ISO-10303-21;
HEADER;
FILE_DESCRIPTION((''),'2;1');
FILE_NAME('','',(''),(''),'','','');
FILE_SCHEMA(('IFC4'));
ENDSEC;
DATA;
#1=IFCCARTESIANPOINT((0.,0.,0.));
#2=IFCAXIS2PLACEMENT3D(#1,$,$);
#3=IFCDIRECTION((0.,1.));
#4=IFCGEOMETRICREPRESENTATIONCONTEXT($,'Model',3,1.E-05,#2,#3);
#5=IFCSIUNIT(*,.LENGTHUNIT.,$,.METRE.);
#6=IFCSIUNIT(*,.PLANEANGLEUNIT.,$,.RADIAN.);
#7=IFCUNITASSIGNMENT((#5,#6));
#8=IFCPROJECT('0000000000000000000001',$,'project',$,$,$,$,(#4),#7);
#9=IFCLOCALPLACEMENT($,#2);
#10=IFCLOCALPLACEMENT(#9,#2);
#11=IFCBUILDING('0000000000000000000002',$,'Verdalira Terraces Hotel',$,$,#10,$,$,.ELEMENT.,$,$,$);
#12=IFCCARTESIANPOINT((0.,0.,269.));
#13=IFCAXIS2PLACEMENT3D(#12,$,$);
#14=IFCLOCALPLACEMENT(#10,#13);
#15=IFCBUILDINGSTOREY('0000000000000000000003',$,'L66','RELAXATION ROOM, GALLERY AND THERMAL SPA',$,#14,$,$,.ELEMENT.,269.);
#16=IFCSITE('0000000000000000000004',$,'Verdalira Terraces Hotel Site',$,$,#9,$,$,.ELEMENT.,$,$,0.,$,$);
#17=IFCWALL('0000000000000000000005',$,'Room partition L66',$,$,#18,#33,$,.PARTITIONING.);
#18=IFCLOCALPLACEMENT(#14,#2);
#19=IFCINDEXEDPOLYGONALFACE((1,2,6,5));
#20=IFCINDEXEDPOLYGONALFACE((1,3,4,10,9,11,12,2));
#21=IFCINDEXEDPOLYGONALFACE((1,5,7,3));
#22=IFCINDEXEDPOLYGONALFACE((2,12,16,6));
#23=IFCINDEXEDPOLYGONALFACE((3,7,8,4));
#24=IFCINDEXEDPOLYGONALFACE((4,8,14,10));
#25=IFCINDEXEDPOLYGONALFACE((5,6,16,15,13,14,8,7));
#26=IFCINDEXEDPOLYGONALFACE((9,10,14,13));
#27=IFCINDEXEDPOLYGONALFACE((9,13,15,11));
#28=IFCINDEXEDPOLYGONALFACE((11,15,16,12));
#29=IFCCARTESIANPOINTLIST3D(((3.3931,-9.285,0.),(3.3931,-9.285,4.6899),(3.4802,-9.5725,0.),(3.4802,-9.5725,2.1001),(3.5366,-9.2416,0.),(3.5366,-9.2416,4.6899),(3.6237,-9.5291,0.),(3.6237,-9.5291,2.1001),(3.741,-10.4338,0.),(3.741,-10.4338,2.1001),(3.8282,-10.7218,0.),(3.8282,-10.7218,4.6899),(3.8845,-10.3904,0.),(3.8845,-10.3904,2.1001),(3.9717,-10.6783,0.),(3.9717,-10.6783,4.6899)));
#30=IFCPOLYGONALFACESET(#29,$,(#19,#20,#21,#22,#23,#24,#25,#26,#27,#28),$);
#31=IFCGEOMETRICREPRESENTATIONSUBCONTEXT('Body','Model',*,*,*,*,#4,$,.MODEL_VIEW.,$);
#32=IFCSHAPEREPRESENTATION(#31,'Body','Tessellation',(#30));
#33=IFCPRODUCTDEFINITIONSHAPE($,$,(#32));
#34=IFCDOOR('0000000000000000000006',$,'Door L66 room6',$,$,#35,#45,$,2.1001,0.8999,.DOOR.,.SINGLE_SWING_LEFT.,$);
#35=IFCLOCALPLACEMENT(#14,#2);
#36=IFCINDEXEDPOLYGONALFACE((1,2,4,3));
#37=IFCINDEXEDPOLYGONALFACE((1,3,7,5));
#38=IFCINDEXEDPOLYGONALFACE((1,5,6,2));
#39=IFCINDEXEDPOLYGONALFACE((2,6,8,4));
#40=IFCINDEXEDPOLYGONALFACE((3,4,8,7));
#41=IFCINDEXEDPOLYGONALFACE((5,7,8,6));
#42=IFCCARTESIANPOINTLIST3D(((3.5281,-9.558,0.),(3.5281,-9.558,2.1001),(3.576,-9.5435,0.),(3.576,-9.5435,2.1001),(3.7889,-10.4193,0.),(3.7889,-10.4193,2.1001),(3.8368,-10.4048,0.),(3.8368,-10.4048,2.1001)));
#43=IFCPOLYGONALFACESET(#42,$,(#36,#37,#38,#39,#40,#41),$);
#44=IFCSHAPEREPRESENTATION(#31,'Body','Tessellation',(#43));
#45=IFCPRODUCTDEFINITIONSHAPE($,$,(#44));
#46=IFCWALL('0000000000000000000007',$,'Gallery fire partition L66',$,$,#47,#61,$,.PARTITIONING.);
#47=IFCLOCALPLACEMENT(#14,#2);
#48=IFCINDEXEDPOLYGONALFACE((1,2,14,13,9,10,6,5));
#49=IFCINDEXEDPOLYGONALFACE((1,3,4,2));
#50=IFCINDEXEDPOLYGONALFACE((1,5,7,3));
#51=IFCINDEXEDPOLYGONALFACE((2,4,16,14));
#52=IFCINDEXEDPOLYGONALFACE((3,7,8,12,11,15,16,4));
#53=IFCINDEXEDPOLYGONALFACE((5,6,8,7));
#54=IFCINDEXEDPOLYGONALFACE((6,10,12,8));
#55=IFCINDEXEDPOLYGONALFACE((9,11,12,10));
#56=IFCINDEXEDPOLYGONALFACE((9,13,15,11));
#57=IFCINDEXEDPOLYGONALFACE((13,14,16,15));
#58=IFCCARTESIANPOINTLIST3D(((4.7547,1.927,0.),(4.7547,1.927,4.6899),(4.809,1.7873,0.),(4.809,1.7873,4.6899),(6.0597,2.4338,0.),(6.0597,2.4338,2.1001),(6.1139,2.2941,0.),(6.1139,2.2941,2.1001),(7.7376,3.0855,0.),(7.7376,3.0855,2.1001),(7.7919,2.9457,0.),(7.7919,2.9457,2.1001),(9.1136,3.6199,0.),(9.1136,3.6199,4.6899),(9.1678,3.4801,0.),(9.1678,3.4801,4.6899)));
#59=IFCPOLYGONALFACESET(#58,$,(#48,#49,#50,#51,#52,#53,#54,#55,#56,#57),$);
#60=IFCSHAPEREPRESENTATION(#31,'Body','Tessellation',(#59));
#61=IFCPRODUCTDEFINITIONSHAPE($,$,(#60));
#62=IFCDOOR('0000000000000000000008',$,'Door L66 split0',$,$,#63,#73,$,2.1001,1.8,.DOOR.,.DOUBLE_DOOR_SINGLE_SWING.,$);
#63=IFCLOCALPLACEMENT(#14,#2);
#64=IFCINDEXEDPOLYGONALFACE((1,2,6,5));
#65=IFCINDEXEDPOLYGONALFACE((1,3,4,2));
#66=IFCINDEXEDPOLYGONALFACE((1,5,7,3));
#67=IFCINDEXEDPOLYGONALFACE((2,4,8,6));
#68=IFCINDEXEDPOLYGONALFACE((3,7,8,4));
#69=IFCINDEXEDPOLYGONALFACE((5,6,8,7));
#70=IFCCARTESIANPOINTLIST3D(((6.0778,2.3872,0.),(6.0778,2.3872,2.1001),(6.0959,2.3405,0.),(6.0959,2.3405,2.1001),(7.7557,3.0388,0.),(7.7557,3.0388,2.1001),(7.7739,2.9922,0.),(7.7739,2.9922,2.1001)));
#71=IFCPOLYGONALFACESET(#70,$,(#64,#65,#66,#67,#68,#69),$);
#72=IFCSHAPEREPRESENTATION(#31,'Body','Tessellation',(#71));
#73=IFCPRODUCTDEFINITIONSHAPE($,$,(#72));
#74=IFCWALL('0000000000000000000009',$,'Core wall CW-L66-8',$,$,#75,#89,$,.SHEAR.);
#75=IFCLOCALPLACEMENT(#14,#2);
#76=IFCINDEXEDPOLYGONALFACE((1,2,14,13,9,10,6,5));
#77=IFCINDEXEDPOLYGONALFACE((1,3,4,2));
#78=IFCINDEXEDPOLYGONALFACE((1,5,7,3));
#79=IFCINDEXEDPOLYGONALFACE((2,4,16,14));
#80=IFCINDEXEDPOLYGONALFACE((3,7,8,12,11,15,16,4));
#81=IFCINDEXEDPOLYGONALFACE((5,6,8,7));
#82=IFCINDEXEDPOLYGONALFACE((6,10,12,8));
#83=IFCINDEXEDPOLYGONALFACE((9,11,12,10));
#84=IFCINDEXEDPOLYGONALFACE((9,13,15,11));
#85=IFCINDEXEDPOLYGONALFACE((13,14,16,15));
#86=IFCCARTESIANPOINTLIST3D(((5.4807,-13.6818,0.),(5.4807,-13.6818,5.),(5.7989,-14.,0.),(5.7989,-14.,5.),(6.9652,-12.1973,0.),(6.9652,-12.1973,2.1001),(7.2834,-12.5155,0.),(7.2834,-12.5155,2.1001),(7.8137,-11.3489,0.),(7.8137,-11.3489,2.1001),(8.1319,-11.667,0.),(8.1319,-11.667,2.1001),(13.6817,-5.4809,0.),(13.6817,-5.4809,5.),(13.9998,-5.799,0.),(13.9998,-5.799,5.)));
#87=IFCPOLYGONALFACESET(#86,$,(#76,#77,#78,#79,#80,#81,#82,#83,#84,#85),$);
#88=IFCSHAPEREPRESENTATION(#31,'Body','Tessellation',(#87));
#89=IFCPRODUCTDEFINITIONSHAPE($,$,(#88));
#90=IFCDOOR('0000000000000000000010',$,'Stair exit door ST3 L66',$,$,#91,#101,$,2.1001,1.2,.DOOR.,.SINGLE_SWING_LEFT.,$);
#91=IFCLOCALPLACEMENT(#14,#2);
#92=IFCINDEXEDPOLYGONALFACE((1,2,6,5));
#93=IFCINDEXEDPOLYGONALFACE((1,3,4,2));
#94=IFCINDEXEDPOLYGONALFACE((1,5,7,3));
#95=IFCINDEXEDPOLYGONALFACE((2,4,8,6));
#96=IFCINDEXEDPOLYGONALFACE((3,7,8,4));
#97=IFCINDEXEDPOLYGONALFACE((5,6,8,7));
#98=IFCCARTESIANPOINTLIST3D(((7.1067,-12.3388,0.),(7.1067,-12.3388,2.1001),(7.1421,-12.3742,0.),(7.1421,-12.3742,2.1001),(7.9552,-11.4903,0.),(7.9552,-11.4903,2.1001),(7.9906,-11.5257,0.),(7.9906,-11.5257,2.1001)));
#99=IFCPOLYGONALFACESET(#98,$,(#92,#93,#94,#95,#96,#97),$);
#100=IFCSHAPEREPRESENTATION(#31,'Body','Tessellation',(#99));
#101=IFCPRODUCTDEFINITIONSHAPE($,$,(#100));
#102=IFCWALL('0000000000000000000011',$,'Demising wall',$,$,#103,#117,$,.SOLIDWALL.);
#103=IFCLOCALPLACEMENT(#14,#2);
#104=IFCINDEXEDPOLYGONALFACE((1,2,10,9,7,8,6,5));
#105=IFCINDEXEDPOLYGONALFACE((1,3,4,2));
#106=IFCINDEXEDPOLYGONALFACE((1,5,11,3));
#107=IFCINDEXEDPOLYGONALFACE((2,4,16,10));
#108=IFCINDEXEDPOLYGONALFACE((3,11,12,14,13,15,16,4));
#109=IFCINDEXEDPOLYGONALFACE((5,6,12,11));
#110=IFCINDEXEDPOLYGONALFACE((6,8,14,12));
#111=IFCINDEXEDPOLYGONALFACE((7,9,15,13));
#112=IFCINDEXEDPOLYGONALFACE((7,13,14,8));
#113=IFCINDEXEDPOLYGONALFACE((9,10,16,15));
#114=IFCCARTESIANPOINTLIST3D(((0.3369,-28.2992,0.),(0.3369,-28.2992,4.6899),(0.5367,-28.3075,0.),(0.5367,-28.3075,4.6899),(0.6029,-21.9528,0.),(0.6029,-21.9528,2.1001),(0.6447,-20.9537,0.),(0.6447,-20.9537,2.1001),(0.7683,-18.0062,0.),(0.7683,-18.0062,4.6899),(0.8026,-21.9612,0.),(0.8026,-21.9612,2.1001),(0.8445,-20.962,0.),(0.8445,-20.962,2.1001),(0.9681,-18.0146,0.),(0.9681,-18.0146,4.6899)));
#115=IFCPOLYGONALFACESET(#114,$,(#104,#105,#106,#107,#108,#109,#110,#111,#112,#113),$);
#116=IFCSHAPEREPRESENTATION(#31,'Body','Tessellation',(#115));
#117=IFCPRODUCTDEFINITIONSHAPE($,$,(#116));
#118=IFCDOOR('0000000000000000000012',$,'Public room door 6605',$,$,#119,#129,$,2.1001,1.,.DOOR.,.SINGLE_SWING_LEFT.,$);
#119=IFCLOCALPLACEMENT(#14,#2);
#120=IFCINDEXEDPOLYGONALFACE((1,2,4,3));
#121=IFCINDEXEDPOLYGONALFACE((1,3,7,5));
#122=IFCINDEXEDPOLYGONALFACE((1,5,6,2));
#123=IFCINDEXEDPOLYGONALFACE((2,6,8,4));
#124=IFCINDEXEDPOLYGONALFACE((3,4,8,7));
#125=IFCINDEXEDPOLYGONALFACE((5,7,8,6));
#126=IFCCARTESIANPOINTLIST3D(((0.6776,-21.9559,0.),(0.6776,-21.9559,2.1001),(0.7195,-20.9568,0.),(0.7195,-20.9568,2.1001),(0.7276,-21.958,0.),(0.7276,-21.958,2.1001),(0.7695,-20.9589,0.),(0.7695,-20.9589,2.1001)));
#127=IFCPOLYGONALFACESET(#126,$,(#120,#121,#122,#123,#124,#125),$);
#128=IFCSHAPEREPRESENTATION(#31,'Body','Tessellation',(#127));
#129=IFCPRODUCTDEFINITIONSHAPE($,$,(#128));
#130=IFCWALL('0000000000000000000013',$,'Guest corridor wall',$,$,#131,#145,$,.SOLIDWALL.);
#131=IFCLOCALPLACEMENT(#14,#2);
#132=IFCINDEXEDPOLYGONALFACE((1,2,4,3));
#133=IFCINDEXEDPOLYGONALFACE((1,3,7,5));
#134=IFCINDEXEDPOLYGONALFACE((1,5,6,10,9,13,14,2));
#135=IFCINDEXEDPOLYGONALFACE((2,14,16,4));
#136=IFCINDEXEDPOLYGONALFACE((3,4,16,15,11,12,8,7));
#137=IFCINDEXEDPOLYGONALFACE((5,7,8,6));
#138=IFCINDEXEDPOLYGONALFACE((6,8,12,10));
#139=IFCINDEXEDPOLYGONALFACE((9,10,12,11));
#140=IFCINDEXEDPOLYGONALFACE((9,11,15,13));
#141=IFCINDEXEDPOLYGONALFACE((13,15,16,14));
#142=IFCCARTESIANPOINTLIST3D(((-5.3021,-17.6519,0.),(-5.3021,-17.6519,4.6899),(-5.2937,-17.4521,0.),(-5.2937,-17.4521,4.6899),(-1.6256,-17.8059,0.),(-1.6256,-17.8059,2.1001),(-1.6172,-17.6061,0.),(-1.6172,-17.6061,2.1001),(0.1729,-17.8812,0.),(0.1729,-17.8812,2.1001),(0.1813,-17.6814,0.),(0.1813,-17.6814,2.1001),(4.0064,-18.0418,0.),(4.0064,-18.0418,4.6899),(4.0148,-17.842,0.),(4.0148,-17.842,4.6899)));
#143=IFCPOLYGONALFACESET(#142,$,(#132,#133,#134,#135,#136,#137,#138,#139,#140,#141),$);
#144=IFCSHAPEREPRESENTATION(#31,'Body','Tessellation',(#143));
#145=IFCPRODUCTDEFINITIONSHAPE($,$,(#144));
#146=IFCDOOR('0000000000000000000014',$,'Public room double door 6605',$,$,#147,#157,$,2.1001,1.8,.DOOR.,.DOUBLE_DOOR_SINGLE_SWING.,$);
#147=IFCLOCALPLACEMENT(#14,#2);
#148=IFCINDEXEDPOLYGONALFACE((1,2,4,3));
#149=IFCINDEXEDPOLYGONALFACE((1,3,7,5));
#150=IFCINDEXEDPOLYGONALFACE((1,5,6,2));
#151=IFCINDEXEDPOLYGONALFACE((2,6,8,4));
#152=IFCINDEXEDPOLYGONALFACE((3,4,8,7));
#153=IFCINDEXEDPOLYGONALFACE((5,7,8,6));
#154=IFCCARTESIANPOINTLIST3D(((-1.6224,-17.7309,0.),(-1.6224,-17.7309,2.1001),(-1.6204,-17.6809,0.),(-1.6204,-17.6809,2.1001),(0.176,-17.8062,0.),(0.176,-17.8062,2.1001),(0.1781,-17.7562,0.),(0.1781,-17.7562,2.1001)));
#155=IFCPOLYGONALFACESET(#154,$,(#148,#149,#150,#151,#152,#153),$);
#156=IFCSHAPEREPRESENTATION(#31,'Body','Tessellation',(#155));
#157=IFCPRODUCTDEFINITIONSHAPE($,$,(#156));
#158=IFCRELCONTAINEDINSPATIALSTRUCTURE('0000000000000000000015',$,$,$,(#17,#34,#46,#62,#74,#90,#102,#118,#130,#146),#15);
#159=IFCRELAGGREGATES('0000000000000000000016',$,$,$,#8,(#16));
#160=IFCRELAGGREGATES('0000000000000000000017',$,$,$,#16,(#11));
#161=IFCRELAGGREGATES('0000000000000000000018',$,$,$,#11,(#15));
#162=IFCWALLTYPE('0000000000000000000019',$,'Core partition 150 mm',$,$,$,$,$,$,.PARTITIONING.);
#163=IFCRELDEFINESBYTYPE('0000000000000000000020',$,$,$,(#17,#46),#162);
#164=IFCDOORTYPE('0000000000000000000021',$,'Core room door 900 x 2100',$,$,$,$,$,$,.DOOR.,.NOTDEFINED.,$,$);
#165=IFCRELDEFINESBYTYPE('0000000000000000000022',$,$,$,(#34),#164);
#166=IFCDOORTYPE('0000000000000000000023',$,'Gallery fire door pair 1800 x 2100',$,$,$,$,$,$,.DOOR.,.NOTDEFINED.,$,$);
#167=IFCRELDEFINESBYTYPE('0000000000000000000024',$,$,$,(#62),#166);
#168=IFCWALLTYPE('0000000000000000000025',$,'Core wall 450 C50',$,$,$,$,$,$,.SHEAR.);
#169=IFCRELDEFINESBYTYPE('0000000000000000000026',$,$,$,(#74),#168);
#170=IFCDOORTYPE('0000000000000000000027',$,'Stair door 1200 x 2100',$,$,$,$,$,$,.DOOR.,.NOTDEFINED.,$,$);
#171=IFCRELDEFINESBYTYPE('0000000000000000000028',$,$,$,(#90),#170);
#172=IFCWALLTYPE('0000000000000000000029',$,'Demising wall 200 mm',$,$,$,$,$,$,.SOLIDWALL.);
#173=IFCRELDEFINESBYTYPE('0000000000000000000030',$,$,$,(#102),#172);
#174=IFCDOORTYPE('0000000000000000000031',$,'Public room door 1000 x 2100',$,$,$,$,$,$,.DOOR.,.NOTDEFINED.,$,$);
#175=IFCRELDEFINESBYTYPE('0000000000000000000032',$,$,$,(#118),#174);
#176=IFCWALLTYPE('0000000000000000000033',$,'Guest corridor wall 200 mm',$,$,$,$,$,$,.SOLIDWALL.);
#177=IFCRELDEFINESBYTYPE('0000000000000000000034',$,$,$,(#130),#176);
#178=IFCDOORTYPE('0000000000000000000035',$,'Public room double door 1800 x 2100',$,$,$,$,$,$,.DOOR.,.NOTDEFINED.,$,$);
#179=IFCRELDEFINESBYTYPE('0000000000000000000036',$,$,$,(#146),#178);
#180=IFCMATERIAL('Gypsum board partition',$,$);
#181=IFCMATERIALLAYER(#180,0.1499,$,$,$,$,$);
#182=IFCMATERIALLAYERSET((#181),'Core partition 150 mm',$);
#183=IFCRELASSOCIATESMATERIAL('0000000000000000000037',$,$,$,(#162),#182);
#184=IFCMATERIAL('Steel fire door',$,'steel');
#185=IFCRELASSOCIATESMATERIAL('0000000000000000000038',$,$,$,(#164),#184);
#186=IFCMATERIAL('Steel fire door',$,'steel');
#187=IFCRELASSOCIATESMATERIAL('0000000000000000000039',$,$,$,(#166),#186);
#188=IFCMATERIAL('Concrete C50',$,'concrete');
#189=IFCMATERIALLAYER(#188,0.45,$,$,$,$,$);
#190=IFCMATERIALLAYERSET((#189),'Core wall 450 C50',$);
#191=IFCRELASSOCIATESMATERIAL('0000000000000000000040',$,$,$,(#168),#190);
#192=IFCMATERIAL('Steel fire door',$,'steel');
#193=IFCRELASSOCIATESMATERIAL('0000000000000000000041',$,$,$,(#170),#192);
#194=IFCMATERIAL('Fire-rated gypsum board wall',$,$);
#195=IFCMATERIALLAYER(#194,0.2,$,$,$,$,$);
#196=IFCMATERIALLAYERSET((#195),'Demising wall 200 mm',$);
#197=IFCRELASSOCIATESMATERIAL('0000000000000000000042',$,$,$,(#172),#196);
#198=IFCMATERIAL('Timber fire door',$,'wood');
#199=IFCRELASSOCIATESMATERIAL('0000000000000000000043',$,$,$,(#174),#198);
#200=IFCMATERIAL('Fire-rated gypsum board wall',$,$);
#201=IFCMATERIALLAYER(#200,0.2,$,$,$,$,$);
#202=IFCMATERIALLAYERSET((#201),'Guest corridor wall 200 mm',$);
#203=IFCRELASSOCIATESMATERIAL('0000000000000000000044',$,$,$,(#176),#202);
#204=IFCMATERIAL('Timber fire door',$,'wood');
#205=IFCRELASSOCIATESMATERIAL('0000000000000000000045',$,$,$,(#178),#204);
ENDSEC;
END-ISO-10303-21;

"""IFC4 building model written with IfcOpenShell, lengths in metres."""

from ifc_helpers import new_model, si_unit, direction, frame, frame_2d, origin, place, context, subcontext, project, spatial, rectangle, extrude, material, layer, layer_set, type_object, element, fill, save


model = new_model("IFC4")

# Units and contexts
model_context = context("Model", 3, precision=1e-05, world=origin(), true_north=direction((0.0, 1.0)))
body_context = subcontext(model_context, "Body", "Model", "MODEL_VIEW")
ifc_project = project(units=[si_unit("LENGTHUNIT", "METRE"), si_unit("PLANEANGLEUNIT", "RADIAN")], contexts=[model_context])

# Site, building, storey
site_placement = place(None, origin())
site = spatial("IfcSite", under=ifc_project, at=site_placement, Name="Verdalira Terraces Hotel Site", CompositionType="ELEMENT", RefElevation=0.0)
building_placement = place(site_placement, origin())
building = spatial("IfcBuilding", under=site, at=building_placement, Name="Verdalira Terraces Hotel", CompositionType="ELEMENT")
storey_placement = place(building_placement, frame((0.0, 0.0, 269.0)))
storey = spatial("IfcBuildingStorey", under=building, at=storey_placement, Name="L66", Description="RELAXATION ROOM, GALLERY AND THERMAL SPA", CompositionType="ELEMENT", Elevation=269.0)

# Walls, openings, doors
ifc_material_1 = material(Name="Gypsum board partition")
ifc_layer_1 = layer(ifc_material_1, 0.1499)
ifc_layer_set_1 = layer_set([ifc_layer_1], Name="Core partition 150 mm")
wall_type_1 = type_object("IfcWallType", Name="Core partition 150 mm", PredefinedType="PARTITIONING", material=ifc_layer_set_1)
wall_1_placement = place(storey_placement, frame((3.8999, -10.7, 0.0), z_axis=(0.0, 0.0, 1.0), x_axis=(-0.289809, 0.957085, 0.0)))
wall_1 = element("IfcWall", 1, at=wall_1_placement, inside=storey, type_object=wall_type_1, Name="Room partition L66", PredefinedType="PARTITIONING", context=body_context, shape_type="SweptSolid", body=[
    extrude(rectangle(XDim=1.5012, YDim=0.1499, at=frame_2d((0.7505, 0.0))), origin(), (0.0, 0.0, 1.0), 4.6899),
])
opening_1_placement = place(wall_1_placement, frame((0.3008, 0.0, 0.0)))
opening_1 = element("IfcOpeningElement", 2, at=opening_1_placement, cuts=wall_1, PredefinedType="OPENING", context=body_context, shape_type="SweptSolid", body=[
    extrude(rectangle(XDim=0.8999, YDim=2.1001, at=frame_2d((0.45, 1.05))), frame((0.0, 0.085, 0.0), z_axis=(0.0, -1.0, 0.0), x_axis=(1.0, 0.0, 0.0)), (0.0, 0.0, 1.0), 0.1699),
])
ifc_material_2 = material(Name="Steel fire door", Category="steel")
door_type_1 = type_object("IfcDoorType", Name="Core room door 900 x 2100", OperationType="NOTDEFINED", PredefinedType="DOOR", material=ifc_material_2)
door_1_placement = place(opening_1_placement, origin())
door_1 = element("IfcDoor", 3, at=door_1_placement, inside=storey, type_object=door_type_1, Name="Door L66 room6", OperationType="SINGLE_SWING_LEFT", OverallHeight=2.1001, OverallWidth=0.8999, PredefinedType="DOOR", context=body_context, shape_type="SweptSolid", body=[
    extrude(rectangle(XDim=0.8999, YDim=2.1001, at=frame_2d((0.45, 1.05))), frame((0.0, 0.0249, 0.0), z_axis=(0.0, -1.0, 0.0), x_axis=(1.0, 0.0, 0.0)), (0.0, 0.0, 1.0), 0.05),
])
fill(opening_1, door_1)
wall_2_placement = place(storey_placement, frame((4.782, 1.8572, 0.0), z_axis=(0.0, 0.0, 1.0), x_axis=(0.932167, 0.362028, 0.0)))
wall_2 = element("IfcWall", 4, at=wall_2_placement, inside=storey, type_object=wall_type_1, Name="Gallery fire partition L66", PredefinedType="PARTITIONING", context=body_context, shape_type="SweptSolid", body=[
    extrude(rectangle(XDim=4.676, YDim=0.1499, at=frame_2d((2.3379, 0.0))), origin(), (0.0, 0.0, 1.0), 4.6899),
])
opening_2_placement = place(wall_2_placement, frame((1.3999, 0.0, 0.0)))
opening_2 = element("IfcOpeningElement", 5, at=opening_2_placement, cuts=wall_2, PredefinedType="OPENING", context=body_context, shape_type="SweptSolid", body=[
    extrude(rectangle(XDim=1.8, YDim=2.1001, at=frame_2d((0.8999, 1.05))), frame((0.0, 0.085, 0.0), z_axis=(0.0, -1.0, 0.0), x_axis=(1.0, 0.0, 0.0)), (0.0, 0.0, 1.0), 0.1699),
])
ifc_material_3 = material(Name="Steel fire door", Category="steel")
door_type_2 = type_object("IfcDoorType", Name="Gallery fire door pair 1800 x 2100", OperationType="NOTDEFINED", PredefinedType="DOOR", material=ifc_material_3)
door_2_placement = place(opening_2_placement, origin())
door_2 = element("IfcDoor", 6, at=door_2_placement, inside=storey, type_object=door_type_2, Name="Door L66 split0", OperationType="DOUBLE_DOOR_SINGLE_SWING", OverallHeight=2.1001, OverallWidth=1.8, PredefinedType="DOOR", context=body_context, shape_type="SweptSolid", body=[
    extrude(rectangle(XDim=1.8, YDim=2.1001, at=frame_2d((0.8999, 1.05))), frame((0.0, 0.0249, 0.0), z_axis=(0.0, -1.0, 0.0), x_axis=(1.0, 0.0, 0.0)), (0.0, 0.0, 1.0), 0.05),
])
fill(opening_2, door_2)
ifc_material_4 = material(Name="Concrete C50", Category="concrete")
ifc_layer_2 = layer(ifc_material_4, 0.45)
ifc_layer_set_2 = layer_set([ifc_layer_2], Name="Core wall 450 C50")
wall_type_2 = type_object("IfcWallType", Name="Core wall 450 C50", PredefinedType="SHEAR", material=ifc_layer_set_2)
wall_3_placement = place(storey_placement, frame((5.6399, -13.8408, 0.0), z_axis=(0.0, 0.0, 1.0), x_axis=(0.707107, 0.707107, 0.0)))
wall_3 = element("IfcWall", 7, at=wall_3_placement, inside=storey, type_object=wall_type_2, Name="Core wall CW-L66-8", PredefinedType="SHEAR", context=body_context, shape_type="SweptSolid", body=[
    extrude(rectangle(XDim=11.5979, YDim=0.45, at=frame_2d((5.7988, 0.0))), origin(), (0.0, 0.0, 1.0), 5.0),
])
opening_3_placement = place(wall_3_placement, frame((2.0991, 0.0, 0.0)))
opening_3 = element("IfcOpeningElement", 8, at=opening_3_placement, cuts=wall_3, PredefinedType="OPENING", context=body_context, shape_type="SweptSolid", body=[
    extrude(rectangle(XDim=1.2, YDim=2.1001, at=frame_2d((0.6001, 1.05))), frame((0.0, 0.2349, 0.0), z_axis=(0.0, -1.0, 0.0), x_axis=(1.0, 0.0, 0.0)), (0.0, 0.0, 1.0), 0.47),
])
ifc_material_5 = material(Name="Steel fire door", Category="steel")
door_type_3 = type_object("IfcDoorType", Name="Stair door 1200 x 2100", OperationType="NOTDEFINED", PredefinedType="DOOR", material=ifc_material_5)
door_3_placement = place(opening_3_placement, origin())
door_3 = element("IfcDoor", 9, at=door_3_placement, inside=storey, type_object=door_type_3, Name="Stair exit door ST3 L66", OperationType="SINGLE_SWING_LEFT", OverallHeight=2.1001, OverallWidth=1.2, PredefinedType="DOOR", context=body_context, shape_type="SweptSolid", body=[
    extrude(rectangle(XDim=1.2, YDim=2.1001, at=frame_2d((0.6001, 1.05))), frame((0.0, 0.0249, 0.0), z_axis=(0.0, -1.0, 0.0), x_axis=(1.0, 0.0, 0.0)), (0.0, 0.0, 1.0), 0.05),
])
fill(opening_3, door_3)
ifc_material_6 = material(Name="Fire-rated gypsum board wall")
ifc_layer_3 = layer(ifc_material_6, 0.2)
ifc_layer_set_3 = layer_set([ifc_layer_3], Name="Demising wall 200 mm")
wall_type_3 = type_object("IfcWallType", Name="Demising wall 200 mm", PredefinedType="SOLIDWALL", material=ifc_layer_set_3)
wall_4_placement = place(storey_placement, frame((0.8682, -18.0105, 0.0), z_axis=(0.0, 0.0, 1.0), x_axis=(-0.041875, -0.999123, 0.0)))
wall_4 = element("IfcWall", 10, at=wall_4_placement, inside=storey, type_object=wall_type_3, Name="Demising wall", PredefinedType="SOLIDWALL", context=body_context, shape_type="SweptSolid", body=[
    extrude(rectangle(XDim=10.302, YDim=0.2, at=frame_2d((5.1509, 0.0))), origin(), (0.0, 0.0, 1.0), 4.6899),
])
opening_4_placement = place(wall_4_placement, frame((2.95, 0.0, 0.0)))
opening_4 = element("IfcOpeningElement", 11, at=opening_4_placement, cuts=wall_4, PredefinedType="OPENING", context=body_context, shape_type="SweptSolid", body=[
    extrude(rectangle(XDim=1.0, YDim=2.1001, at=frame_2d((0.5, 1.05))), frame((0.0, 0.1099, 0.0), z_axis=(0.0, -1.0, 0.0), x_axis=(1.0, 0.0, 0.0)), (0.0, 0.0, 1.0), 0.22),
])
ifc_material_7 = material(Name="Timber fire door", Category="wood")
door_type_4 = type_object("IfcDoorType", Name="Public room door 1000 x 2100", OperationType="NOTDEFINED", PredefinedType="DOOR", material=ifc_material_7)
door_4_placement = place(opening_4_placement, origin())
door_4 = element("IfcDoor", 12, at=door_4_placement, inside=storey, type_object=door_type_4, Name="Public room door 6605", OperationType="SINGLE_SWING_LEFT", OverallHeight=2.1001, OverallWidth=1.0, PredefinedType="DOOR", context=body_context, shape_type="SweptSolid", body=[
    extrude(rectangle(XDim=1.0, YDim=2.1001, at=frame_2d((0.5, 1.05))), frame((0.0, 0.0249, 0.0), z_axis=(0.0, -1.0, 0.0), x_axis=(1.0, 0.0, 0.0)), (0.0, 0.0, 1.0), 0.05),
])
fill(opening_4, door_4)
ifc_material_8 = material(Name="Fire-rated gypsum board wall")
ifc_layer_4 = layer(ifc_material_8, 0.2)
ifc_layer_set_4 = layer_set([ifc_layer_4], Name="Guest corridor wall 200 mm")
wall_type_4 = type_object("IfcWallType", Name="Guest corridor wall 200 mm", PredefinedType="SOLIDWALL", material=ifc_layer_set_4)
wall_5_placement = place(storey_placement, frame((4.0105, -17.9419, 0.0), z_axis=(0.0, 0.0, 1.0), x_axis=(-0.999124, 0.041849, 0.0)))
wall_5 = element("IfcWall", 13, at=wall_5_placement, inside=storey, type_object=wall_type_4, Name="Guest corridor wall", PredefinedType="SOLIDWALL", context=body_context, shape_type="SweptSolid", body=[
    extrude(rectangle(XDim=9.3166, YDim=0.2, at=frame_2d((4.6582, 0.0))), origin(), (0.0, 0.0, 1.0), 4.6899),
])
opening_5_placement = place(wall_5_placement, frame((3.8369, 0.0, 0.0)))
opening_5 = element("IfcOpeningElement", 14, at=opening_5_placement, cuts=wall_5, PredefinedType="OPENING", context=body_context, shape_type="SweptSolid", body=[
    extrude(rectangle(XDim=1.8, YDim=2.1001, at=frame_2d((0.8999, 1.05))), frame((0.0, 0.1099, 0.0), z_axis=(0.0, -1.0, 0.0), x_axis=(1.0, 0.0, 0.0)), (0.0, 0.0, 1.0), 0.22),
])
ifc_material_9 = material(Name="Timber fire door", Category="wood")
door_type_5 = type_object("IfcDoorType", Name="Public room double door 1800 x 2100", OperationType="NOTDEFINED", PredefinedType="DOOR", material=ifc_material_9)
door_5_placement = place(opening_5_placement, origin())
door_5 = element("IfcDoor", 15, at=door_5_placement, inside=storey, type_object=door_type_5, Name="Public room double door 6605", OperationType="DOUBLE_DOOR_SINGLE_SWING", OverallHeight=2.1001, OverallWidth=1.8, PredefinedType="DOOR", context=body_context, shape_type="SweptSolid", body=[
    extrude(rectangle(XDim=1.8, YDim=2.1001, at=frame_2d((0.8999, 1.05))), frame((0.0, 0.0249, 0.0), z_axis=(0.0, -1.0, 0.0), x_axis=(1.0, 0.0, 0.0)), (0.0, 0.0, 1.0), 0.05),
])
fill(opening_5, door_5)

save(model, "model.ifc")
